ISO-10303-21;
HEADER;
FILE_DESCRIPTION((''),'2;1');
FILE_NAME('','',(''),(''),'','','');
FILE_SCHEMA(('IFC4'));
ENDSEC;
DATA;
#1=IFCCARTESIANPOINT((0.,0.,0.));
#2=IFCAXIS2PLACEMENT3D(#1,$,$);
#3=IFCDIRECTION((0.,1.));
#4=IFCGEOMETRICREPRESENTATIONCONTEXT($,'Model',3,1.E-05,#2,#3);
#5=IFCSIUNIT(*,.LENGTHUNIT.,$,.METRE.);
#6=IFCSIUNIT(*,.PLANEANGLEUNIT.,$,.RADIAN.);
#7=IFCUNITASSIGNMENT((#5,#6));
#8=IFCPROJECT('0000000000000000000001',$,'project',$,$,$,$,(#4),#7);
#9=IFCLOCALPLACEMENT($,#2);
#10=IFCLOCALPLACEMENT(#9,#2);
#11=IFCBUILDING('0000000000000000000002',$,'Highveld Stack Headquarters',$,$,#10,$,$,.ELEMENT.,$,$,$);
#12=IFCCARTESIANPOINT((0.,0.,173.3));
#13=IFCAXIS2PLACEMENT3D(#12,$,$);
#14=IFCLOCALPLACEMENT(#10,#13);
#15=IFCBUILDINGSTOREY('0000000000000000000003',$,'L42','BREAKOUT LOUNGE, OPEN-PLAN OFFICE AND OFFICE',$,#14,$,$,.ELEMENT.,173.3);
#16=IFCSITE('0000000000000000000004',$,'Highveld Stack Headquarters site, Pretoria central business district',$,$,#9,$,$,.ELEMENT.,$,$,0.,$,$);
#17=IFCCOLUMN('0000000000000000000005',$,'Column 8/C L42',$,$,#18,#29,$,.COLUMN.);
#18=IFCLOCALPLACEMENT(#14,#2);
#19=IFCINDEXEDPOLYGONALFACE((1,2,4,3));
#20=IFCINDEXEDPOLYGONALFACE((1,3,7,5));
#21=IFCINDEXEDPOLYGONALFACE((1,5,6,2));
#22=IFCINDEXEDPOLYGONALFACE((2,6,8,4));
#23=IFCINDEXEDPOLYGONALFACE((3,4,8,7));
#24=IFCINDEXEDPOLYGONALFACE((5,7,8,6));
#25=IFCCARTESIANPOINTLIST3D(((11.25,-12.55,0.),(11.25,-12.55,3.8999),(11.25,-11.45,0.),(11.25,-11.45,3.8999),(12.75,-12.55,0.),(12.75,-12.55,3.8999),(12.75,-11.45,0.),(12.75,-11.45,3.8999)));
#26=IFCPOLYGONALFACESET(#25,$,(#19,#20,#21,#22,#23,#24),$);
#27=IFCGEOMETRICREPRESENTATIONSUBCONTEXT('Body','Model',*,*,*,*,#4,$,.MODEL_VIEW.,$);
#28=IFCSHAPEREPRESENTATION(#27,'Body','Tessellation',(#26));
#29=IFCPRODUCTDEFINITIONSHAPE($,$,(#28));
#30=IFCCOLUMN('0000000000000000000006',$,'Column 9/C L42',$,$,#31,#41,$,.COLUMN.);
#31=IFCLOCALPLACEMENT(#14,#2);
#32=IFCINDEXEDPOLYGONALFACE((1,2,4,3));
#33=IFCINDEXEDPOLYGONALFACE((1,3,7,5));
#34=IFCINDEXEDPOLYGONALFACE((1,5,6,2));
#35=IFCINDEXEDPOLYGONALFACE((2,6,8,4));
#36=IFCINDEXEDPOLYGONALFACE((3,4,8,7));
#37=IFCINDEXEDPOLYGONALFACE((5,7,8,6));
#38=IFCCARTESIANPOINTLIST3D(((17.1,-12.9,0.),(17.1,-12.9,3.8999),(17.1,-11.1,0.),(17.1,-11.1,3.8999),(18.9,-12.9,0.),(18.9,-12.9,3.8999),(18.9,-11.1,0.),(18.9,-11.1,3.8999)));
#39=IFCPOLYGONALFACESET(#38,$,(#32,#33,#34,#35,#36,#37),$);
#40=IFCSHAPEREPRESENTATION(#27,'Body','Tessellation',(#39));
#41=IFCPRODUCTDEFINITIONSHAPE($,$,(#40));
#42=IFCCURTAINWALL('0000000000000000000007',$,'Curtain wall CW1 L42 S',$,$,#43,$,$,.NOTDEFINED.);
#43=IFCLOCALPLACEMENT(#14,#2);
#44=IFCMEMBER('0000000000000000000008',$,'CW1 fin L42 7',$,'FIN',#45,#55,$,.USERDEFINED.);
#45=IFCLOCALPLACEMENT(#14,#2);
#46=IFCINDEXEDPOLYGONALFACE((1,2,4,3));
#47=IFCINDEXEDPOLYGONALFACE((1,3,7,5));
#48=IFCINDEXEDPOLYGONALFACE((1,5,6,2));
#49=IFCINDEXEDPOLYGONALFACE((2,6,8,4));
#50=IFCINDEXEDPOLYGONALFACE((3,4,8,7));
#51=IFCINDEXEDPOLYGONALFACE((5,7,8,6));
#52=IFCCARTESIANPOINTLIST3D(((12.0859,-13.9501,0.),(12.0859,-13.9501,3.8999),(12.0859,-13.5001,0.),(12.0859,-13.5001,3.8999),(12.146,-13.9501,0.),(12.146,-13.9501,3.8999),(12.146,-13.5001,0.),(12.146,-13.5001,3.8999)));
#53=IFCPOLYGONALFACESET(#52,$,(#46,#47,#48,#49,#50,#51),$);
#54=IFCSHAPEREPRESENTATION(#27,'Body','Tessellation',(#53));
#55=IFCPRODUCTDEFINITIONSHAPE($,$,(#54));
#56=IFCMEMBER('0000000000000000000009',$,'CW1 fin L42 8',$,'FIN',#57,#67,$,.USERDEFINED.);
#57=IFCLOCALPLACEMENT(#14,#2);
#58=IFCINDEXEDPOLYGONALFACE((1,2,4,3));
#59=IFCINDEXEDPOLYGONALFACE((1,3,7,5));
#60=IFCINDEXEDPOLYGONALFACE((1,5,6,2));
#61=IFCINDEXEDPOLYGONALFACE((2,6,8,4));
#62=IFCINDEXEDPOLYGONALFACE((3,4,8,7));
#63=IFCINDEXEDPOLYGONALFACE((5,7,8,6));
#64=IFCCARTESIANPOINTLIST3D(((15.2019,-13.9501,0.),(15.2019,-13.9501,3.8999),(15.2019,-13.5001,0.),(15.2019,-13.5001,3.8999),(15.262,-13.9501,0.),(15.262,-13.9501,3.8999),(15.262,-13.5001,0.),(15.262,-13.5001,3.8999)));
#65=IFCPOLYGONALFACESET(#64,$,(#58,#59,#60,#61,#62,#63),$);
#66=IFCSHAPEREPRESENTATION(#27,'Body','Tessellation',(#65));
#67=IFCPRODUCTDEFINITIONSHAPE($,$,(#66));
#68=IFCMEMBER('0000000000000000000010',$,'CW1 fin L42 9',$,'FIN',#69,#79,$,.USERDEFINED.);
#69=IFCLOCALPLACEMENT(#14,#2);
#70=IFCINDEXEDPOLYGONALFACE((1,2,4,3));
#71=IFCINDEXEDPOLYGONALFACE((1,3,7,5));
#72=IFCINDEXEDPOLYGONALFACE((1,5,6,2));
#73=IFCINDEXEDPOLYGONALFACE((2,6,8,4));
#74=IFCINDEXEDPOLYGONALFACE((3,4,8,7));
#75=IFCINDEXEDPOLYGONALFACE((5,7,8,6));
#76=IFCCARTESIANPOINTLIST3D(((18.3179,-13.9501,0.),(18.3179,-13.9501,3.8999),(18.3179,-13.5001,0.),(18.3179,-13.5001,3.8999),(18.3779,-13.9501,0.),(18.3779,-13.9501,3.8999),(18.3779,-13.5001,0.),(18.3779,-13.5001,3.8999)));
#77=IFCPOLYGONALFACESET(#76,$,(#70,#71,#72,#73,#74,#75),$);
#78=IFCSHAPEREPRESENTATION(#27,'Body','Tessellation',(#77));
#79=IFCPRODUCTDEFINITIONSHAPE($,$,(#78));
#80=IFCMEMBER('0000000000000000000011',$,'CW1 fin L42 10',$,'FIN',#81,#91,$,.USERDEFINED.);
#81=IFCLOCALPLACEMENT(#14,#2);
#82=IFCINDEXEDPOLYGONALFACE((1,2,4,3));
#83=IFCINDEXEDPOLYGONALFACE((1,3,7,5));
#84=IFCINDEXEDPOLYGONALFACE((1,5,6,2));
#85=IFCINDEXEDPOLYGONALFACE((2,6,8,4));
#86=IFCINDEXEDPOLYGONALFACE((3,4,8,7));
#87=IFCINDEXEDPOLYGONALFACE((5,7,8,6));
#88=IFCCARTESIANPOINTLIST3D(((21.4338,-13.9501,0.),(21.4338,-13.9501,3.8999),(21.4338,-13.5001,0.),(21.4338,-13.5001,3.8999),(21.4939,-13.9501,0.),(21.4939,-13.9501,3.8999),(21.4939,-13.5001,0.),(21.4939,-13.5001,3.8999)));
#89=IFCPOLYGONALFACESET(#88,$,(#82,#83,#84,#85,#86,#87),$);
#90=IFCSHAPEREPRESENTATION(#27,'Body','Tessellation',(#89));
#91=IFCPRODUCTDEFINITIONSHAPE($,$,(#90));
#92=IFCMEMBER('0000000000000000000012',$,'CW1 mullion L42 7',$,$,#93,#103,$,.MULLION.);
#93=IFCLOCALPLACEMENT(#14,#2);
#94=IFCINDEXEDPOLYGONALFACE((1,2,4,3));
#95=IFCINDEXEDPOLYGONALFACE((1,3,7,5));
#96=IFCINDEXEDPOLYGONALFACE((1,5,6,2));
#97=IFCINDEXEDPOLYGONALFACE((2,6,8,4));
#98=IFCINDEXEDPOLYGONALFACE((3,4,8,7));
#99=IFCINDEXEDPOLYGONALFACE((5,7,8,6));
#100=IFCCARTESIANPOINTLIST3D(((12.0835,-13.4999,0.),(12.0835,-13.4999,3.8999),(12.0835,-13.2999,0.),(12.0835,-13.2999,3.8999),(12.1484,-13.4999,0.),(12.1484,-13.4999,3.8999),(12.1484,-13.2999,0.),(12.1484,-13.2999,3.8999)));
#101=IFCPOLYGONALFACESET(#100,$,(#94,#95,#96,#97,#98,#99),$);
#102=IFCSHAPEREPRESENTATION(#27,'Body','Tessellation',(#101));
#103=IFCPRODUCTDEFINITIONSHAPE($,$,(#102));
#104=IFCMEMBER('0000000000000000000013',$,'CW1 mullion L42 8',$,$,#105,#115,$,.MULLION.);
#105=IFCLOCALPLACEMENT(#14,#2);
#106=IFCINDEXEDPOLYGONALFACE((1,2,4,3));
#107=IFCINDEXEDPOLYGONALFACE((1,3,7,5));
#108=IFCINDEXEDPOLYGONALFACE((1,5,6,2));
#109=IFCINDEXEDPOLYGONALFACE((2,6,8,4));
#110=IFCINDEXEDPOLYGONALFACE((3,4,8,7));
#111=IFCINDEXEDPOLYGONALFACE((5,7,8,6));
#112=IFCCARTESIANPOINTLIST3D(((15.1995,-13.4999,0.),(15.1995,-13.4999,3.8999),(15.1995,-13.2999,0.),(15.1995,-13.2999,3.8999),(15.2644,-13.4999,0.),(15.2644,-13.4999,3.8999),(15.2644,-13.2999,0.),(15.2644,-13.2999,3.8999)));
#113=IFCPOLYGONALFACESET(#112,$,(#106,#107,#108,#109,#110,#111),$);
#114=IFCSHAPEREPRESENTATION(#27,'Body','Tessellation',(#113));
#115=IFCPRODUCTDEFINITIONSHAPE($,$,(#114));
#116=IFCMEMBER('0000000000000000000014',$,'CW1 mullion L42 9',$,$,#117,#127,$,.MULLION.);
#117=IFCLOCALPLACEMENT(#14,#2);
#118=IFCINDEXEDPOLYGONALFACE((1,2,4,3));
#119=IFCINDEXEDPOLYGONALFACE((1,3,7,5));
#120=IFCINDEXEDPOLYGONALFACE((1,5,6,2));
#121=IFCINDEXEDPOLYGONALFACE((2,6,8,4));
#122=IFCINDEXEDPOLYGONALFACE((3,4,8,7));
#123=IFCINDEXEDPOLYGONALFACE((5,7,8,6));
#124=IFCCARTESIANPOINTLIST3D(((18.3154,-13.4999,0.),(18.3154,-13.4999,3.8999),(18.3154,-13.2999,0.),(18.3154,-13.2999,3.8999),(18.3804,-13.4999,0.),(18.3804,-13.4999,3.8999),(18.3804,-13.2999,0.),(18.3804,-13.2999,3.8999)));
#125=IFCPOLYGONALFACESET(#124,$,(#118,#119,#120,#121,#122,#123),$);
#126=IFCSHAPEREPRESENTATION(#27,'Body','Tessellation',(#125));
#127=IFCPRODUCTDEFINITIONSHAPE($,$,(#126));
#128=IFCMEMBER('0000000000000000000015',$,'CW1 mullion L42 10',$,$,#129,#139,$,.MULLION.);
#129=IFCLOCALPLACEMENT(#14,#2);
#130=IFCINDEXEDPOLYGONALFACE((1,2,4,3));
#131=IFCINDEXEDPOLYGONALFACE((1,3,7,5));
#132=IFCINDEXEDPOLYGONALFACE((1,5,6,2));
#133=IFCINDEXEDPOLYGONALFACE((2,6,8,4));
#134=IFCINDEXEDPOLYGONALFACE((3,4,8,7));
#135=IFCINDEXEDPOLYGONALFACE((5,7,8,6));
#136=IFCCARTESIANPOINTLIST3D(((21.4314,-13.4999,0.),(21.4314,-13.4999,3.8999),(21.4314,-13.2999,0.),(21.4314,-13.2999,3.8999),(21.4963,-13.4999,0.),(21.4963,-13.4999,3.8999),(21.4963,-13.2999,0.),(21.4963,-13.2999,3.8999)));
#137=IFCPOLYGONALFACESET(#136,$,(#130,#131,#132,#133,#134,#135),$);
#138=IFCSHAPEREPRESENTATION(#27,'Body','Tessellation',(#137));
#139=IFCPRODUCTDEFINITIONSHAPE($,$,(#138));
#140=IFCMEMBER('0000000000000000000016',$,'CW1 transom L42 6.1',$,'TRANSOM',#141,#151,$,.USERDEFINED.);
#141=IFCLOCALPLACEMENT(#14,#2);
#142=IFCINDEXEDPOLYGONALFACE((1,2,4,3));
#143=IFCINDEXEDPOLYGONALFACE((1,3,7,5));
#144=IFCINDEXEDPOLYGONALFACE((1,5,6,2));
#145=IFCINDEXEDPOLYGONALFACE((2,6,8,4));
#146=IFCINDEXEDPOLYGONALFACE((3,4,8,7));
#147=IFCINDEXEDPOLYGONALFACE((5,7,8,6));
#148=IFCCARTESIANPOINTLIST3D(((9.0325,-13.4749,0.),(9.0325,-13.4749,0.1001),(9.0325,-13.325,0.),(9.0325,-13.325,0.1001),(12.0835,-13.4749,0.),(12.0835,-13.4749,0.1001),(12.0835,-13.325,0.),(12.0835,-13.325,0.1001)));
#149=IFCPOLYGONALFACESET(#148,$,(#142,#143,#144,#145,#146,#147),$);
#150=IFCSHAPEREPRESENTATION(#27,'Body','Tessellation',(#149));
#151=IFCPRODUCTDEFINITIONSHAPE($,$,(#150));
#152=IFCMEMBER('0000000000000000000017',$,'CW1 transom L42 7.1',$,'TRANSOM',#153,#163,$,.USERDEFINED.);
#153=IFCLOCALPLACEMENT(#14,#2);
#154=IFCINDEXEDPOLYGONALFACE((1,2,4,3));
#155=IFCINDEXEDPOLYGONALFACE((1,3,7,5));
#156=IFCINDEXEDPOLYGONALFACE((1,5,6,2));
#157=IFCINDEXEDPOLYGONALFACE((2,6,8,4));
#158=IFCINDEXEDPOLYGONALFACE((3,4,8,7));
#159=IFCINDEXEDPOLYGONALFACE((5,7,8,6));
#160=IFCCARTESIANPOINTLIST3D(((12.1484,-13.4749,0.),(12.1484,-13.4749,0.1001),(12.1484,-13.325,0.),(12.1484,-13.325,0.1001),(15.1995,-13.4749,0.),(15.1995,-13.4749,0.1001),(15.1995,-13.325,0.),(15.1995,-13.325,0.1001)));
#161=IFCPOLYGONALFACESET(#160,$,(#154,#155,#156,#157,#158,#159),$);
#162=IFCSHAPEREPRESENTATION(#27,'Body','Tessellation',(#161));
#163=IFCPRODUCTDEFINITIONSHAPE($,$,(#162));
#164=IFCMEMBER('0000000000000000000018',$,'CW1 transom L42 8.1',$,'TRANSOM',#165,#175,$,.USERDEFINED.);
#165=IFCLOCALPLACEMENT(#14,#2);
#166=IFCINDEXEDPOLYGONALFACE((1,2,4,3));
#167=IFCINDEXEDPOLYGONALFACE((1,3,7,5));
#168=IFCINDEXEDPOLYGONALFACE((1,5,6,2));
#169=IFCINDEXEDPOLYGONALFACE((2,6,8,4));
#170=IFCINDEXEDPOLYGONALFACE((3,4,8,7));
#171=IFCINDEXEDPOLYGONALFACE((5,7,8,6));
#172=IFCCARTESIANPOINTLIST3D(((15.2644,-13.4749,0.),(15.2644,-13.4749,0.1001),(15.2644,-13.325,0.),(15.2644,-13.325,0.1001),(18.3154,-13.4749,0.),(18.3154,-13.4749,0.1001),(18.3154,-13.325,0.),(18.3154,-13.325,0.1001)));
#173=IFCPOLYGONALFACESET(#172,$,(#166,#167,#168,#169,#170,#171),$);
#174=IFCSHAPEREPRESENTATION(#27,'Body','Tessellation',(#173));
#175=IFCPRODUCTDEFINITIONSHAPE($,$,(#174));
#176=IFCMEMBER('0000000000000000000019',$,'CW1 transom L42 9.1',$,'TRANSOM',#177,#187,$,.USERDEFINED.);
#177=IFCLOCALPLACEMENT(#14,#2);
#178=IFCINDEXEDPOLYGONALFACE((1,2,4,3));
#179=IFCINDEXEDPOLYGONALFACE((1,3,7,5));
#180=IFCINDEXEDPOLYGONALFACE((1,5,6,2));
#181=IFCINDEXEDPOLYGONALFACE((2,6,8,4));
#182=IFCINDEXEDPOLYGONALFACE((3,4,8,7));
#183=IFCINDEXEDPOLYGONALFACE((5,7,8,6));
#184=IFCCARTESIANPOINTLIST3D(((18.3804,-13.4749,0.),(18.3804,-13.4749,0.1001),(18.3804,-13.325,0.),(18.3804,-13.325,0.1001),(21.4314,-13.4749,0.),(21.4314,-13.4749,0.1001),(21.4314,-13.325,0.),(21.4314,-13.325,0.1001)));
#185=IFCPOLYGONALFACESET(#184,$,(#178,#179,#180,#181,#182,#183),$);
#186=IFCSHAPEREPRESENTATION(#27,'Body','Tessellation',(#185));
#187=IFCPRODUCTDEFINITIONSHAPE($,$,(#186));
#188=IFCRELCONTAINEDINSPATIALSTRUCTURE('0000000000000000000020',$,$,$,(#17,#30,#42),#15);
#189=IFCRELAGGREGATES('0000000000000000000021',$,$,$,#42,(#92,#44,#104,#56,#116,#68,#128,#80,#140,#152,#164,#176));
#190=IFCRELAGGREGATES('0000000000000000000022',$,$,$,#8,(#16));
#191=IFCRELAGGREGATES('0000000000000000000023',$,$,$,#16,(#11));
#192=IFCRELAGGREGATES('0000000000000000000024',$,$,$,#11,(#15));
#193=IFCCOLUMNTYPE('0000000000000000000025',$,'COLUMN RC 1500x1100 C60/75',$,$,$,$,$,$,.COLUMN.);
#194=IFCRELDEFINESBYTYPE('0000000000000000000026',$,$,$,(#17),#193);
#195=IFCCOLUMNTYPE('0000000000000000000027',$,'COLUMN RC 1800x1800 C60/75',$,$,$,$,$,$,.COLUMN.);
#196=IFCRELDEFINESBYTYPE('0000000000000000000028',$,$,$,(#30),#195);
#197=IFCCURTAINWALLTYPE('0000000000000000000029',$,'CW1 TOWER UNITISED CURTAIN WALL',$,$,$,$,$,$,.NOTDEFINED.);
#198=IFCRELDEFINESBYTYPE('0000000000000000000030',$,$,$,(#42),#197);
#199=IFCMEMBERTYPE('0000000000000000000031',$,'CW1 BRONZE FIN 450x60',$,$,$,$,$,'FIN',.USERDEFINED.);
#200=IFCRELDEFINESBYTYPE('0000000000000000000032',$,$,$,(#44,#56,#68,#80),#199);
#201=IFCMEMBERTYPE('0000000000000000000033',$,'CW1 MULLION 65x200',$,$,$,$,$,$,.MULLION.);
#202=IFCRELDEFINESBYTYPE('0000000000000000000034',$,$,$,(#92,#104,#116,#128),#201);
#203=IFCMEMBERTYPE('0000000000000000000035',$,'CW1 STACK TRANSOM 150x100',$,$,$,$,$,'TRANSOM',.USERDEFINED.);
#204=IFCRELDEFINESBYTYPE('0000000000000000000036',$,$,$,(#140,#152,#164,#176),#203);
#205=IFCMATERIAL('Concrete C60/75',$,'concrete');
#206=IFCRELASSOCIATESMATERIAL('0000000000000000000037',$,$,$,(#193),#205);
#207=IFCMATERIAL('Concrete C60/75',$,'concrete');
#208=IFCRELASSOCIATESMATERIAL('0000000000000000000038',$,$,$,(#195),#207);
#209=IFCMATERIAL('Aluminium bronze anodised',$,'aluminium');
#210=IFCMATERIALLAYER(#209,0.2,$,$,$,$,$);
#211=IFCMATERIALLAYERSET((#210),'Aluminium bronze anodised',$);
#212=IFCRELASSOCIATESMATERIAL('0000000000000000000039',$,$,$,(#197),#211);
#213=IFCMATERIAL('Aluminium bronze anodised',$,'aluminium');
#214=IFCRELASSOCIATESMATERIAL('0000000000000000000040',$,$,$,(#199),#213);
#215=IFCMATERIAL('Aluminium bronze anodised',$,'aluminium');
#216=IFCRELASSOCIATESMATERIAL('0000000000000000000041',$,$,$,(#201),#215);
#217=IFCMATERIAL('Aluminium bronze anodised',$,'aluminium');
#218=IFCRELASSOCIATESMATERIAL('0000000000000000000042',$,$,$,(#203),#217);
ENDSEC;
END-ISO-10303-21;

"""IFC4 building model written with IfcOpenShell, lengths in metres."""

from ifc_helpers import new_model, si_unit, direction, frame, origin, origin_2d, place, context, subcontext, project, spatial, rectangle, extrude, material, layer, layer_set, material_profile, profile_set, type_object, element, aggregate, save


model = new_model("IFC4")

# Units and contexts
model_context = context("Model", 3, precision=1e-05, world=origin(), true_north=direction((0.0, 1.0)))
body_context = subcontext(model_context, "Body", "Model", "MODEL_VIEW")
ifc_project = project(units=[si_unit("LENGTHUNIT", "METRE"), si_unit("PLANEANGLEUNIT", "RADIAN")], contexts=[model_context])

# Site, building, storey
site_placement = place(None, origin())
site = spatial("IfcSite", under=ifc_project, at=site_placement, Name="Highveld Stack Headquarters site, Pretoria central business district", CompositionType="ELEMENT", RefElevation=0.0)
building_placement = place(site_placement, origin())
building = spatial("IfcBuilding", under=site, at=building_placement, Name="Highveld Stack Headquarters", CompositionType="ELEMENT")
storey_placement = place(building_placement, frame((0.0, 0.0, 173.3)))
storey = spatial("IfcBuildingStorey", under=building, at=storey_placement, Name="L42", Description="BREAKOUT LOUNGE, OPEN-PLAN OFFICE AND OFFICE", CompositionType="ELEMENT", Elevation=173.3)

# Columns
ifc_material_1 = material(Name="Concrete C60/75", Category="concrete")
ifc_material_profile_1 = material_profile(ifc_material_1, rectangle(XDim=1.5, YDim=1.1001, at=origin_2d()), Name="RC 1500x1100")
ifc_profile_set_1 = profile_set([ifc_material_profile_1], Name="Concrete C60/75")
column_type_1 = type_object("IfcColumnType", Name="COLUMN RC 1500x1100 C60/75", PredefinedType="COLUMN", material=ifc_profile_set_1)
column_1_placement = place(storey_placement, frame((12.0, -12.0, 0.0), z_axis=(0.0, 0.0, 1.0), x_axis=(1.0, 0.0, 0.0)))
element("IfcColumn", 1, at=column_1_placement, inside=storey, type_object=column_type_1, Name="Column 8/C L42", PredefinedType="COLUMN", context=body_context, shape_type="SweptSolid", body=[
    extrude(rectangle(XDim=1.5, YDim=1.1001, at=origin_2d()), origin(), (0.0, 0.0, 1.0), 3.8999),
])
ifc_material_2 = material(Name="Concrete C60/75", Category="concrete")
ifc_material_profile_2 = material_profile(ifc_material_2, rectangle(XDim=1.8, YDim=1.8, at=origin_2d()), Name="RC 1800x1800")
ifc_profile_set_2 = profile_set([ifc_material_profile_2], Name="Concrete C60/75")
column_type_2 = type_object("IfcColumnType", Name="COLUMN RC 1800x1800 C60/75", PredefinedType="COLUMN", material=ifc_profile_set_2)
column_2_placement = place(storey_placement, frame((18.0, -12.0, 0.0), z_axis=(0.0, 0.0, 1.0), x_axis=(1.0, 0.0, 0.0)))
element("IfcColumn", 2, at=column_2_placement, inside=storey, type_object=column_type_2, Name="Column 9/C L42", PredefinedType="COLUMN", context=body_context, shape_type="SweptSolid", body=[
    extrude(rectangle(XDim=1.8, YDim=1.8, at=origin_2d()), origin(), (0.0, 0.0, 1.0), 3.8999),
])

# Curtain wall, members
ifc_material_3 = material(Name="Aluminium bronze anodised", Category="aluminium")
ifc_layer_1 = layer(ifc_material_3, 0.2)
ifc_layer_set_1 = layer_set([ifc_layer_1], Name="Aluminium bronze anodised")
curtain_wall_type = type_object("IfcCurtainWallType", Name="CW1 TOWER UNITISED CURTAIN WALL", PredefinedType="NOTDEFINED", material=ifc_layer_set_1)
curtain_wall_placement = place(storey_placement, origin())
curtain_wall = element("IfcCurtainWall", 3, at=curtain_wall_placement, inside=storey, type_object=curtain_wall_type, Name="Curtain wall CW1 L42 S", PredefinedType="NOTDEFINED")
ifc_material_4 = material(Name="Aluminium bronze anodised", Category="aluminium")
ifc_material_profile_3 = material_profile(ifc_material_4, rectangle(XDim=0.45, YDim=0.0601, at=origin_2d()), Name="FIN 450x60")
ifc_profile_set_3 = profile_set([ifc_material_profile_3], Name="Aluminium bronze anodised")
member_type_1 = type_object("IfcMemberType", Name="CW1 BRONZE FIN 450x60", ElementType="FIN", PredefinedType="USERDEFINED", material=ifc_profile_set_3)
member_1_placement = place(storey_placement, frame((12.116, -13.7251, 0.0), z_axis=(0.0, 0.0, 1.0), x_axis=(0.0, 1.0, 0.0)))
member_1 = element("IfcMember", 4, at=member_1_placement, type_object=member_type_1, Name="CW1 fin L42 7", ObjectType="FIN", PredefinedType="USERDEFINED", context=body_context, shape_type="SweptSolid", body=[
    extrude(rectangle(XDim=0.45, YDim=0.0601, at=origin_2d()), origin(), (0.0, 0.0, 1.0), 3.8999),
])
member_2_placement = place(storey_placement, frame((15.2319, -13.7251, 0.0), z_axis=(0.0, 0.0, 1.0), x_axis=(0.0, 1.0, 0.0)))
member_2 = element("IfcMember", 5, at=member_2_placement, type_object=member_type_1, Name="CW1 fin L42 8", ObjectType="FIN", PredefinedType="USERDEFINED", context=body_context, shape_type="SweptSolid", body=[
    extrude(rectangle(XDim=0.45, YDim=0.0601, at=origin_2d()), origin(), (0.0, 0.0, 1.0), 3.8999),
])
member_3_placement = place(storey_placement, frame((18.3479, -13.7251, 0.0), z_axis=(0.0, 0.0, 1.0), x_axis=(0.0, 1.0, 0.0)))
member_3 = element("IfcMember", 6, at=member_3_placement, type_object=member_type_1, Name="CW1 fin L42 9", ObjectType="FIN", PredefinedType="USERDEFINED", context=body_context, shape_type="SweptSolid", body=[
    extrude(rectangle(XDim=0.45, YDim=0.0601, at=origin_2d()), origin(), (0.0, 0.0, 1.0), 3.8999),
])
member_4_placement = place(storey_placement, frame((21.4639, -13.7251, 0.0), z_axis=(0.0, 0.0, 1.0), x_axis=(0.0, 1.0, 0.0)))
member_4 = element("IfcMember", 7, at=member_4_placement, type_object=member_type_1, Name="CW1 fin L42 10", ObjectType="FIN", PredefinedType="USERDEFINED", context=body_context, shape_type="SweptSolid", body=[
    extrude(rectangle(XDim=0.45, YDim=0.0601, at=origin_2d()), origin(), (0.0, 0.0, 1.0), 3.8999),
])
ifc_material_5 = material(Name="Aluminium bronze anodised", Category="aluminium")
ifc_material_profile_4 = material_profile(ifc_material_5, rectangle(XDim=0.2, YDim=0.0649, at=origin_2d()), Name="CW1 MULLION 65x200")
ifc_profile_set_4 = profile_set([ifc_material_profile_4], Name="Aluminium bronze anodised")
member_type_2 = type_object("IfcMemberType", Name="CW1 MULLION 65x200", PredefinedType="MULLION", material=ifc_profile_set_4)
member_5_placement = place(storey_placement, frame((12.116, -13.3999, 0.0), z_axis=(0.0, 0.0, 1.0), x_axis=(0.0, 1.0, 0.0)))
member_5 = element("IfcMember", 8, at=member_5_placement, type_object=member_type_2, Name="CW1 mullion L42 7", PredefinedType="MULLION", context=body_context, shape_type="SweptSolid", body=[
    extrude(rectangle(XDim=0.2, YDim=0.0649, at=origin_2d()), origin(), (0.0, 0.0, 1.0), 3.8999),
])
member_6_placement = place(storey_placement, frame((15.2319, -13.3999, 0.0), z_axis=(0.0, 0.0, 1.0), x_axis=(0.0, 1.0, 0.0)))
member_6 = element("IfcMember", 9, at=member_6_placement, type_object=member_type_2, Name="CW1 mullion L42 8", PredefinedType="MULLION", context=body_context, shape_type="SweptSolid", body=[
    extrude(rectangle(XDim=0.2, YDim=0.0649, at=origin_2d()), origin(), (0.0, 0.0, 1.0), 3.8999),
])
member_7_placement = place(storey_placement, frame((18.3479, -13.3999, 0.0), z_axis=(0.0, 0.0, 1.0), x_axis=(0.0, 1.0, 0.0)))
member_7 = element("IfcMember", 10, at=member_7_placement, type_object=member_type_2, Name="CW1 mullion L42 9", PredefinedType="MULLION", context=body_context, shape_type="SweptSolid", body=[
    extrude(rectangle(XDim=0.2, YDim=0.0649, at=origin_2d()), origin(), (0.0, 0.0, 1.0), 3.8999),
])
member_8_placement = place(storey_placement, frame((21.4639, -13.3999, 0.0), z_axis=(0.0, 0.0, 1.0), x_axis=(0.0, 1.0, 0.0)))
member_8 = element("IfcMember", 11, at=member_8_placement, type_object=member_type_2, Name="CW1 mullion L42 10", PredefinedType="MULLION", context=body_context, shape_type="SweptSolid", body=[
    extrude(rectangle(XDim=0.2, YDim=0.0649, at=origin_2d()), origin(), (0.0, 0.0, 1.0), 3.8999),
])
ifc_material_6 = material(Name="Aluminium bronze anodised", Category="aluminium")
ifc_material_profile_5 = material_profile(ifc_material_6, rectangle(XDim=0.1499, YDim=0.1001, at=origin_2d()), Name="CW1 TRANSOM 150x100")
ifc_profile_set_5 = profile_set([ifc_material_profile_5], Name="Aluminium bronze anodised")
member_type_3 = type_object("IfcMemberType", Name="CW1 STACK TRANSOM 150x100", ElementType="TRANSOM", PredefinedType="USERDEFINED", material=ifc_profile_set_5)
member_9_placement = place(storey_placement, frame((9.0325, -13.3999, 0.05), z_axis=(1.0, 0.0, 0.0), x_axis=(0.0, 1.0, 0.0)))
member_9 = element("IfcMember", 12, at=member_9_placement, type_object=member_type_3, Name="CW1 transom L42 6.1", ObjectType="TRANSOM", PredefinedType="USERDEFINED", context=body_context, shape_type="SweptSolid", body=[
    extrude(rectangle(XDim=0.1499, YDim=0.1001, at=origin_2d()), origin(), (0.0, 0.0, 1.0), 3.051),
])
member_10_placement = place(storey_placement, frame((12.1484, -13.3999, 0.05), z_axis=(1.0, 0.0, 0.0), x_axis=(0.0, 1.0, 0.0)))
member_10 = element("IfcMember", 13, at=member_10_placement, type_object=member_type_3, Name="CW1 transom L42 7.1", ObjectType="TRANSOM", PredefinedType="USERDEFINED", context=body_context, shape_type="SweptSolid", body=[
    extrude(rectangle(XDim=0.1499, YDim=0.1001, at=origin_2d()), origin(), (0.0, 0.0, 1.0), 3.051),
])
member_11_placement = place(storey_placement, frame((15.2644, -13.3999, 0.05), z_axis=(1.0, 0.0, 0.0), x_axis=(0.0, 1.0, 0.0)))
member_11 = element("IfcMember", 14, at=member_11_placement, type_object=member_type_3, Name="CW1 transom L42 8.1", ObjectType="TRANSOM", PredefinedType="USERDEFINED", context=body_context, shape_type="SweptSolid", body=[
    extrude(rectangle(XDim=0.1499, YDim=0.1001, at=origin_2d()), origin(), (0.0, 0.0, 1.0), 3.051),
])
member_12_placement = place(storey_placement, frame((18.3804, -13.3999, 0.05), z_axis=(1.0, 0.0, 0.0), x_axis=(0.0, 1.0, 0.0)))
member_12 = element("IfcMember", 15, at=member_12_placement, type_object=member_type_3, Name="CW1 transom L42 9.1", ObjectType="TRANSOM", PredefinedType="USERDEFINED", context=body_context, shape_type="SweptSolid", body=[
    extrude(rectangle(XDim=0.1499, YDim=0.1001, at=origin_2d()), origin(), (0.0, 0.0, 1.0), 3.051),
])
aggregate(curtain_wall, [member_5, member_1, member_6, member_2, member_7, member_3, member_8, member_4, member_9, member_10, member_11, member_12])

save(model, "model.ifc")
